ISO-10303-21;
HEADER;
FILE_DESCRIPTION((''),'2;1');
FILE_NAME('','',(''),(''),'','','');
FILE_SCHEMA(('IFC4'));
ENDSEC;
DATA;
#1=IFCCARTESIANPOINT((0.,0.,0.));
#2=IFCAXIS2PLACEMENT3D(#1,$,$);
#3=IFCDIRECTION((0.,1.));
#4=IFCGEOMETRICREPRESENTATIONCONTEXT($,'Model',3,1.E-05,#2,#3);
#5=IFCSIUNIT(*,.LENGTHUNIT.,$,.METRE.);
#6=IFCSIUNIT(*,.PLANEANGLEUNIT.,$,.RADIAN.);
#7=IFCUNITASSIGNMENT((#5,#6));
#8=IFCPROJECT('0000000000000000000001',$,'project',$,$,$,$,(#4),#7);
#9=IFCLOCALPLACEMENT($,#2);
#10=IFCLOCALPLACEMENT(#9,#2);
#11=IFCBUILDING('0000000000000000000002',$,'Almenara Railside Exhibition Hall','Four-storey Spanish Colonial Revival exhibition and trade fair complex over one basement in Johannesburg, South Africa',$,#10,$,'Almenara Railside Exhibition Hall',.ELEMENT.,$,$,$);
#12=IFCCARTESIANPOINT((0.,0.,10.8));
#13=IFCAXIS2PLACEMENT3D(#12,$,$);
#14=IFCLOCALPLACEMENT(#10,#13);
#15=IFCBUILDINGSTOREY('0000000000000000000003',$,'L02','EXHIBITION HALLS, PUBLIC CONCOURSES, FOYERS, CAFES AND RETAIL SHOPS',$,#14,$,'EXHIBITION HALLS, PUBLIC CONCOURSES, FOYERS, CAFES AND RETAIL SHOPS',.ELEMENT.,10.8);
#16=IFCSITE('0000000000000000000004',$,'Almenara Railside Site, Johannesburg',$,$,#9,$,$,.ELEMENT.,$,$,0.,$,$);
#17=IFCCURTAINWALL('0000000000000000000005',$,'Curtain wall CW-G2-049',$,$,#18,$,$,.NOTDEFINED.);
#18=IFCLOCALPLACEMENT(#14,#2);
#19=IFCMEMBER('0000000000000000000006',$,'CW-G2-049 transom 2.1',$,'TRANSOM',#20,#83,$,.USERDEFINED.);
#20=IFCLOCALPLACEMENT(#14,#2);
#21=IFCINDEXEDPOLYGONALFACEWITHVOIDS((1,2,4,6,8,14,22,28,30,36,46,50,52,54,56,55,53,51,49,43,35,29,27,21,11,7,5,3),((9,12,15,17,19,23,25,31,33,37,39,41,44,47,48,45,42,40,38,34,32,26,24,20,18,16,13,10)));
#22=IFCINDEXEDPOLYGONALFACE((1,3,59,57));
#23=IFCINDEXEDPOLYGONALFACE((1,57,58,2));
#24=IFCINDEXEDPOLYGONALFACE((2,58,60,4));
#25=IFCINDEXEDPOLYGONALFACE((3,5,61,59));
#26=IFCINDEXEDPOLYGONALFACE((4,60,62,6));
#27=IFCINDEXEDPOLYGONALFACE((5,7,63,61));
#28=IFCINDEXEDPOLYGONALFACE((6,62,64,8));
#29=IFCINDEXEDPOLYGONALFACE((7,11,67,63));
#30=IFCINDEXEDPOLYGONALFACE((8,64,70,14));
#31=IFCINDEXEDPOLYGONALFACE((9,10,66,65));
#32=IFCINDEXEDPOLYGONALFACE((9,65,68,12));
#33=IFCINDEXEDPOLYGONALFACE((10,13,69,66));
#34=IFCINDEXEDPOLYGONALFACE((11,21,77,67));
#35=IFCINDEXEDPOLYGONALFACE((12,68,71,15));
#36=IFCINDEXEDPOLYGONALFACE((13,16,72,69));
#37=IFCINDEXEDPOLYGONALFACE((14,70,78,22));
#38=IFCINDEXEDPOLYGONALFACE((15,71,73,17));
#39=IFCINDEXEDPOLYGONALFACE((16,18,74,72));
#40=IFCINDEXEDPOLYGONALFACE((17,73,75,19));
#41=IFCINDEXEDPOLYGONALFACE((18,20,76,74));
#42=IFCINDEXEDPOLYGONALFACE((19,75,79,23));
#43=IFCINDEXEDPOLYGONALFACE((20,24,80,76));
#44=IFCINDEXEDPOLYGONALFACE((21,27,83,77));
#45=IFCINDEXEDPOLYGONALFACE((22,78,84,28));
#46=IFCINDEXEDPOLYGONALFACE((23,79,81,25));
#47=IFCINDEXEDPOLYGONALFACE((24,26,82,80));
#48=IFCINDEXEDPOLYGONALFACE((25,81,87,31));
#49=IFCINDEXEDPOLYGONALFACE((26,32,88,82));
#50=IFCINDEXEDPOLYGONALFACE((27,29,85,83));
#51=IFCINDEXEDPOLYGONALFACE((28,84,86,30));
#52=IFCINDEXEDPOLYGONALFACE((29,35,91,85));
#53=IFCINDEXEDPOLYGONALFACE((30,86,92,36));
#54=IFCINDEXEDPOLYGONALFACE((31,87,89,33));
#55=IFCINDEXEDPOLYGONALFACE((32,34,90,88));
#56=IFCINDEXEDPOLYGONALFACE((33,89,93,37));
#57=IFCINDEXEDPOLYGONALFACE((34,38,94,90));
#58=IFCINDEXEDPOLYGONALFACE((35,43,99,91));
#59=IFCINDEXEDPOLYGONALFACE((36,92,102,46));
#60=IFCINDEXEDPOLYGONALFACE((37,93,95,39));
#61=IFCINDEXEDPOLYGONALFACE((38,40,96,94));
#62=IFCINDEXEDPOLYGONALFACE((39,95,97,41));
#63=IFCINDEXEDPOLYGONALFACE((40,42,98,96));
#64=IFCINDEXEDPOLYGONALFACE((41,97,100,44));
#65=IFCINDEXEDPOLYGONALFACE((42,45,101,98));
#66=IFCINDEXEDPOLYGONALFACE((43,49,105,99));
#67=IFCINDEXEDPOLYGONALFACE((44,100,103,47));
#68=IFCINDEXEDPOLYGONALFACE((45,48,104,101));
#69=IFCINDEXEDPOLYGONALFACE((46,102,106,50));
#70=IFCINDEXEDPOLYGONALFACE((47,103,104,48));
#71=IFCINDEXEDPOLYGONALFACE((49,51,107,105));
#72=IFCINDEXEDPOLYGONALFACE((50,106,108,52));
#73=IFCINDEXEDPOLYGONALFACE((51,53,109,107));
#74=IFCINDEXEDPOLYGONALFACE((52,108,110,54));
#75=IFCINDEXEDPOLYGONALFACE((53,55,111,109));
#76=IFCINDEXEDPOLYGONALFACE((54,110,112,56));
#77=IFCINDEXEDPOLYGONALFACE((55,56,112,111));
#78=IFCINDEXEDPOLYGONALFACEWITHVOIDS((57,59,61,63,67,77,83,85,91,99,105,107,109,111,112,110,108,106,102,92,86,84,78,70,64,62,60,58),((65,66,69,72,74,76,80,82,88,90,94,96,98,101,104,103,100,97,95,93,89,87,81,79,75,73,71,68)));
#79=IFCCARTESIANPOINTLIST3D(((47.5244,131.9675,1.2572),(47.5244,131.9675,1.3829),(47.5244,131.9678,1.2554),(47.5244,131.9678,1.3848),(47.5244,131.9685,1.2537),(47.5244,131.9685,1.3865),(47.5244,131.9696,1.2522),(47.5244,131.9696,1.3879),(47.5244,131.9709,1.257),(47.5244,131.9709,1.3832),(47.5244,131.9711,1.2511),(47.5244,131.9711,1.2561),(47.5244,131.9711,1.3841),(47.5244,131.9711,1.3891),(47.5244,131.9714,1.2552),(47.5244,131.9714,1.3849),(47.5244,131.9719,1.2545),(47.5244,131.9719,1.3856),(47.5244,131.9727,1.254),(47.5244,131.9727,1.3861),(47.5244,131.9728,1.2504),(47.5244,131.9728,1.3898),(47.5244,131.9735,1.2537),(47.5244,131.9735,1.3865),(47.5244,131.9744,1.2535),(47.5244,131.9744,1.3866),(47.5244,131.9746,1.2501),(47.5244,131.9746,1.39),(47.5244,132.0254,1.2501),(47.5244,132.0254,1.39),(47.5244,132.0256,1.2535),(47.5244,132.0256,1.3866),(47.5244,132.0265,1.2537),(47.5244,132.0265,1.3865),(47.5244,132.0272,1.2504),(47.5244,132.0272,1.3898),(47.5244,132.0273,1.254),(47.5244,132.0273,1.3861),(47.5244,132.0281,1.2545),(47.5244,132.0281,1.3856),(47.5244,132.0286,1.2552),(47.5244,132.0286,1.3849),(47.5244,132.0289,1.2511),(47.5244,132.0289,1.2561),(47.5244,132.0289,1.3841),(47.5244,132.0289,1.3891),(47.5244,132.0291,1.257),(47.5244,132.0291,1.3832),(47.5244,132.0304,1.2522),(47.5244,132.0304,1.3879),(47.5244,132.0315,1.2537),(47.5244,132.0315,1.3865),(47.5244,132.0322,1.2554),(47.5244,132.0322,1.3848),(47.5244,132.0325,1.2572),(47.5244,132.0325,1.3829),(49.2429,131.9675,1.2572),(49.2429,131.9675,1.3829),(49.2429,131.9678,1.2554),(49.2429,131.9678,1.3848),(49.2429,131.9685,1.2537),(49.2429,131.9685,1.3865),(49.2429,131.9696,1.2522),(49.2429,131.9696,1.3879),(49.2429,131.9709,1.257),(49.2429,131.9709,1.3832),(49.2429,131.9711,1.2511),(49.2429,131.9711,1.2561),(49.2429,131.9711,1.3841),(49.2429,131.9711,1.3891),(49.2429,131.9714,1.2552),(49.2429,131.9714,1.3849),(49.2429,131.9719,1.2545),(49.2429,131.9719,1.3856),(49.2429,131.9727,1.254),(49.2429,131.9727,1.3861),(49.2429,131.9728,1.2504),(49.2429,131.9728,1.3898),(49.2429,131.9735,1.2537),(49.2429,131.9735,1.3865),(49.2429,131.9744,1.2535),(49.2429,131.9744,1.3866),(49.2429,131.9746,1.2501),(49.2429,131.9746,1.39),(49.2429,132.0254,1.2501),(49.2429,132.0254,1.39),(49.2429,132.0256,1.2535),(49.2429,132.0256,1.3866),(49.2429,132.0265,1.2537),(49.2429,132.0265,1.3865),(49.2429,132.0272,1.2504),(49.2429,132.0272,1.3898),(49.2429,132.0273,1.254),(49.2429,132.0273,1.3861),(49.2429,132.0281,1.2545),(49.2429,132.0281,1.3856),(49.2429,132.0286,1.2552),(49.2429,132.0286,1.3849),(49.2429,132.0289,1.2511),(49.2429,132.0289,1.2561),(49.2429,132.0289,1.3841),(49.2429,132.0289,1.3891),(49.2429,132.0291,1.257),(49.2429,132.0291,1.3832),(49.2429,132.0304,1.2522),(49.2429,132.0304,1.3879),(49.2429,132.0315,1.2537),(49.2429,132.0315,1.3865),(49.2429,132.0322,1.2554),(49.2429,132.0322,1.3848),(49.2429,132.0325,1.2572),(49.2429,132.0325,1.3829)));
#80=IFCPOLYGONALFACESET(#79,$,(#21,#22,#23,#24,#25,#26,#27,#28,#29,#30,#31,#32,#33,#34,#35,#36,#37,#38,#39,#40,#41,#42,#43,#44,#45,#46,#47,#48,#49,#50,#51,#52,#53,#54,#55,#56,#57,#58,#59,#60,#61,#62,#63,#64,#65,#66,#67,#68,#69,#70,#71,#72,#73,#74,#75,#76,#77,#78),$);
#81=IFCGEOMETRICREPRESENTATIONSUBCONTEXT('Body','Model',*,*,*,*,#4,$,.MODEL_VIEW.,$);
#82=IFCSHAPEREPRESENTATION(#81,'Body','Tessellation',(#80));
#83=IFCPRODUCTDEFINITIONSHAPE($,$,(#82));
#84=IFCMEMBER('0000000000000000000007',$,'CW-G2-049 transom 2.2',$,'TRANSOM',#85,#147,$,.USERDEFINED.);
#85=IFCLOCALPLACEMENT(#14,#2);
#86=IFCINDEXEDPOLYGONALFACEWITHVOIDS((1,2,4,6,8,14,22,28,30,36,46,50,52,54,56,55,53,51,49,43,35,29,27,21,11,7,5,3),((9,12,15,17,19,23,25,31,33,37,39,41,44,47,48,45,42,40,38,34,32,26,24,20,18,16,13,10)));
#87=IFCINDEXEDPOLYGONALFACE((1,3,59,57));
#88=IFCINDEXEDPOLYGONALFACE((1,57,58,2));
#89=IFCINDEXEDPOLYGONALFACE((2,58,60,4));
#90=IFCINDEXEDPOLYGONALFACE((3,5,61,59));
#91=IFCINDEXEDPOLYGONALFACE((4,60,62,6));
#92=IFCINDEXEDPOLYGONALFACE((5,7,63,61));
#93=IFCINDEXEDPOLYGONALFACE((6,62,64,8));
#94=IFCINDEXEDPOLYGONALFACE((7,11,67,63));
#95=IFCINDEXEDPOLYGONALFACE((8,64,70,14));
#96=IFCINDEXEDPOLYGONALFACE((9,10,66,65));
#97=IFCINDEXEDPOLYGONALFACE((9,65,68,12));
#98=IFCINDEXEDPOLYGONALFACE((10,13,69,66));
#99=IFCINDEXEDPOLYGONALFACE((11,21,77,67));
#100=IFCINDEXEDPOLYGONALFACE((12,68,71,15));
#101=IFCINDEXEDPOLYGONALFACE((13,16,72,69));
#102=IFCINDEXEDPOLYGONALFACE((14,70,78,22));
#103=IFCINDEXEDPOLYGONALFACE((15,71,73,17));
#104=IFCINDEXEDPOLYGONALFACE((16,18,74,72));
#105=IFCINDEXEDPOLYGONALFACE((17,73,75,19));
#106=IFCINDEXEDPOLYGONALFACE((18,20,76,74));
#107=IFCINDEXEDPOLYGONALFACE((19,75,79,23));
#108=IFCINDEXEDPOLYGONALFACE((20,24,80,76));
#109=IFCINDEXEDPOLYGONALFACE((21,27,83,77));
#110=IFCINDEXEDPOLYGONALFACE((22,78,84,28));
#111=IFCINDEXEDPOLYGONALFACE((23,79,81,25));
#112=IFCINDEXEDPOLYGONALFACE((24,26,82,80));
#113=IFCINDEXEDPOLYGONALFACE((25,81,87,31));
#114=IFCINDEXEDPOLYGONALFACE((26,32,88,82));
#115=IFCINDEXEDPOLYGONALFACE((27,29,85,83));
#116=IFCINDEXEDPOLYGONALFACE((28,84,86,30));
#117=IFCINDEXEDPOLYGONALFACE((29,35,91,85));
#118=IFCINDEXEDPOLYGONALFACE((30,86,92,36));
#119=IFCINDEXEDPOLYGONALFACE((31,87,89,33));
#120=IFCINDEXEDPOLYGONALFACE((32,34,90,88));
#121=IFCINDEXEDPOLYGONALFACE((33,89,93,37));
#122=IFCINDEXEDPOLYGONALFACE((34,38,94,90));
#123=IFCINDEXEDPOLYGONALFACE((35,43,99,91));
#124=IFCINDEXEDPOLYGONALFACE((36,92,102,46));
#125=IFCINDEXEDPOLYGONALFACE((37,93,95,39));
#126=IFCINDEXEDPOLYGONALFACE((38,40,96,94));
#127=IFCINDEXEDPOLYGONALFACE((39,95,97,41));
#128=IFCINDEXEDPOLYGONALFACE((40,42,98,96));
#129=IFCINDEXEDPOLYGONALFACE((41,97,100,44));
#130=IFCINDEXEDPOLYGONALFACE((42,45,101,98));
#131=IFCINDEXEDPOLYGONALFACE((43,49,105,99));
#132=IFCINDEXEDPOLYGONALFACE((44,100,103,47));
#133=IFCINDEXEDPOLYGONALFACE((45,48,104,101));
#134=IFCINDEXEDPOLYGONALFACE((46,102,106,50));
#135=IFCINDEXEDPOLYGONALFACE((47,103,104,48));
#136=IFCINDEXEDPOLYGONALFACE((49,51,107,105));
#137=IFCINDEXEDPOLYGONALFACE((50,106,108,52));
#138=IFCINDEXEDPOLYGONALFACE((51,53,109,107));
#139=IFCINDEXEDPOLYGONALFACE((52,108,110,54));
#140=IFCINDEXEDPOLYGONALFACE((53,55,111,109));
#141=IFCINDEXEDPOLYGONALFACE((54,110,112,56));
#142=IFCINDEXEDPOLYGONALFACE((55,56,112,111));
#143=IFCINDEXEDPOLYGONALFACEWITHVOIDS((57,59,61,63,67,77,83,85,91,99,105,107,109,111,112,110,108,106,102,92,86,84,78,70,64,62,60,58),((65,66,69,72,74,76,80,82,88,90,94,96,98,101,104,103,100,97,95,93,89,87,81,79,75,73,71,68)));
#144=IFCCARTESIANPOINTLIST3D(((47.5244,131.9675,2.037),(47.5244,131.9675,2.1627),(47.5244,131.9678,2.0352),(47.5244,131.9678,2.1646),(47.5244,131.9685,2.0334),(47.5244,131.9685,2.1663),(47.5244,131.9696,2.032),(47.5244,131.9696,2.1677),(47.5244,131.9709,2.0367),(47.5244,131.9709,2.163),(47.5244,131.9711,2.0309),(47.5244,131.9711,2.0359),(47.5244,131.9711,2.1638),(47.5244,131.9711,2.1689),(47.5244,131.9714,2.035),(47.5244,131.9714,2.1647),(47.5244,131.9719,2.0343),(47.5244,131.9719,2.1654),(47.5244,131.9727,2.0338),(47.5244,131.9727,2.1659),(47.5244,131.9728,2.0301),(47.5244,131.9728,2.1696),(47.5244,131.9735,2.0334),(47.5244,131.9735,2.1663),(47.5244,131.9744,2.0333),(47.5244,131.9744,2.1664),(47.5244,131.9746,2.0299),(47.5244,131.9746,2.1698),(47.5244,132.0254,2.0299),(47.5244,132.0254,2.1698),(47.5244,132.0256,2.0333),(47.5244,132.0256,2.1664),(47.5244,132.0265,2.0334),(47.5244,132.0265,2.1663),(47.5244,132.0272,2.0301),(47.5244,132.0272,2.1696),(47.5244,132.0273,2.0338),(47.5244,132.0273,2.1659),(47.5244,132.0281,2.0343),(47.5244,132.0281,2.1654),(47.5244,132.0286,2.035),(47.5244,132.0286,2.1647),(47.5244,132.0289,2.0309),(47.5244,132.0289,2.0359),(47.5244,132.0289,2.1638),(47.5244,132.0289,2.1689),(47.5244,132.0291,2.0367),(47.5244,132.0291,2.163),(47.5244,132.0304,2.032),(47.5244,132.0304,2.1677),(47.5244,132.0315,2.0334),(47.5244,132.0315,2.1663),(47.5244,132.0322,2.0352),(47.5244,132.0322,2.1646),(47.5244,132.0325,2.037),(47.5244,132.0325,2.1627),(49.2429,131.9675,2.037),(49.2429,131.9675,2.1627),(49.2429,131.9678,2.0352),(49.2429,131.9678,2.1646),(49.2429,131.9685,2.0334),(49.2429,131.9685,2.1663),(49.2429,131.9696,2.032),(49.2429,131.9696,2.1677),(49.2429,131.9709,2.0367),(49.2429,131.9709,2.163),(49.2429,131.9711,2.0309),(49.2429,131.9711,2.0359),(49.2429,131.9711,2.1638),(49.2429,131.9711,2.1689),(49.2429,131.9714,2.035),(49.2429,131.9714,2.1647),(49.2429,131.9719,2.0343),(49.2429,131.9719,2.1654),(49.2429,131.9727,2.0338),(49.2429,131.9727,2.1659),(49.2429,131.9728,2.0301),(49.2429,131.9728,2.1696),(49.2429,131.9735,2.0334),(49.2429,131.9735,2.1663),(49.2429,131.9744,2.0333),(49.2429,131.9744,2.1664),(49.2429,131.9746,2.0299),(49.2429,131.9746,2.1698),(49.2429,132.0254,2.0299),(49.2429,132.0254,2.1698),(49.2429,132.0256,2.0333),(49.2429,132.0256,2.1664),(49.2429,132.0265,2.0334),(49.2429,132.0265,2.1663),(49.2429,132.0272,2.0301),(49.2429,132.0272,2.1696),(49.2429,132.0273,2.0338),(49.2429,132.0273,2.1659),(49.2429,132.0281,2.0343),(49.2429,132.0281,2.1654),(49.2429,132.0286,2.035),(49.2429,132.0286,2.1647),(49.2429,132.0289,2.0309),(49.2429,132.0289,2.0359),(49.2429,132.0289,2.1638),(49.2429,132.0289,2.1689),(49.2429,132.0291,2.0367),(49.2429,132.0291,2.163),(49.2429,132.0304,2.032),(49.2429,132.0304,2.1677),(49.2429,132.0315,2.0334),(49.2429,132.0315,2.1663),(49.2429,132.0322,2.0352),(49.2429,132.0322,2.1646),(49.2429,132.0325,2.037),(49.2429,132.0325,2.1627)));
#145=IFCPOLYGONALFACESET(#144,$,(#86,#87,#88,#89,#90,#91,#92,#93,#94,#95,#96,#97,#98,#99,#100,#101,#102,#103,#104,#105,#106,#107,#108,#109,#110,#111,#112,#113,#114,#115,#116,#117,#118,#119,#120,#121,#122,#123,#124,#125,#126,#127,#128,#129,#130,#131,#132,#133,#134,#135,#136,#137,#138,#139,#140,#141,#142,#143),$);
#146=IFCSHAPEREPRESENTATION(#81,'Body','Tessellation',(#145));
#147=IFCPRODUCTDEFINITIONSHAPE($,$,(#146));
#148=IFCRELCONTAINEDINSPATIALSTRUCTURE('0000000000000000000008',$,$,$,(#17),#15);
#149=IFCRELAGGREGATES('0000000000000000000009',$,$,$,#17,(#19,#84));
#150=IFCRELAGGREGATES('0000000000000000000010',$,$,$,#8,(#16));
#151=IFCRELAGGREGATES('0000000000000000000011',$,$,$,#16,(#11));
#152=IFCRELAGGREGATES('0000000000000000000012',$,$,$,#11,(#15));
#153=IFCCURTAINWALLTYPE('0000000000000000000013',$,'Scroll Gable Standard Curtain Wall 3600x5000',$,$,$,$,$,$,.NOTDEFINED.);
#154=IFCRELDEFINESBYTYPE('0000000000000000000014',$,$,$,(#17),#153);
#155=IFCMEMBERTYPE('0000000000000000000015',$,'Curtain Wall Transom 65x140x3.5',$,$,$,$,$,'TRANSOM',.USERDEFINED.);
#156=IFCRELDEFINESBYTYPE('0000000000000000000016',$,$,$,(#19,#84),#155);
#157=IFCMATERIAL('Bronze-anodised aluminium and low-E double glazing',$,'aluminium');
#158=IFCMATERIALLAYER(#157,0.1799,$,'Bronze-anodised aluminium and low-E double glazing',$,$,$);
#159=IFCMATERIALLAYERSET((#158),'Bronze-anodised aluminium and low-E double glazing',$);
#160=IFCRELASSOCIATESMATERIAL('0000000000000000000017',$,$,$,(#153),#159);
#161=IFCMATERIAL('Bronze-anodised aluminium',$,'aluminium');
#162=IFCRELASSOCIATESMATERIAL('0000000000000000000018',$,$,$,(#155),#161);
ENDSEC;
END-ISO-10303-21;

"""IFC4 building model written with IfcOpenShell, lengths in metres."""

from ifc_helpers import new_model, si_unit, direction, frame, origin, origin_2d, place, context, subcontext, project, spatial, hollow_rectangle, extrude, material, layer, layer_set, material_profile, profile_set, type_object, element, aggregate, save


model = new_model("IFC4")

# Units and contexts
model_context = context("Model", 3, precision=1e-05, world=origin(), true_north=direction((0.0, 1.0)))
body_context = subcontext(model_context, "Body", "Model", "MODEL_VIEW")
ifc_project = project(units=[si_unit("LENGTHUNIT", "METRE"), si_unit("PLANEANGLEUNIT", "RADIAN")], contexts=[model_context])

# Site, building, storey
site_placement = place(None, origin())
site = spatial("IfcSite", under=ifc_project, at=site_placement, Name="Almenara Railside Site, Johannesburg", CompositionType="ELEMENT", RefElevation=0.0)
building_placement = place(site_placement, origin())
building = spatial("IfcBuilding", under=site, at=building_placement, Name="Almenara Railside Exhibition Hall", Description="Four-storey Spanish Colonial Revival exhibition and trade fair complex over one basement in Johannesburg, South Africa", LongName="Almenara Railside Exhibition Hall", CompositionType="ELEMENT")
storey_placement = place(building_placement, frame((0.0, 0.0, 10.8)))
storey = spatial("IfcBuildingStorey", under=building, at=storey_placement, Name="L02", Description="EXHIBITION HALLS, PUBLIC CONCOURSES, FOYERS, CAFES AND RETAIL SHOPS", LongName="EXHIBITION HALLS, PUBLIC CONCOURSES, FOYERS, CAFES AND RETAIL SHOPS", CompositionType="ELEMENT", Elevation=10.8)

# Curtain wall
ifc_material_1 = material(Name="Bronze-anodised aluminium and low-E double glazing", Category="aluminium")
ifc_layer_1 = layer(ifc_material_1, 0.1799, Name="Bronze-anodised aluminium and low-E double glazing")
ifc_layer_set_1 = layer_set([ifc_layer_1], Name="Bronze-anodised aluminium and low-E double glazing")
curtain_wall_type_1 = type_object("IfcCurtainWallType", Name="Scroll Gable Standard Curtain Wall 3600x5000", PredefinedType="NOTDEFINED", material=ifc_layer_set_1)
ifc_material_2 = material(Name="Bronze-anodised aluminium", Category="aluminium")
curtain_wall_1_placement = place(storey_placement, origin())
curtain_wall_1 = element("IfcCurtainWall", 1, at=curtain_wall_1_placement, inside=storey, type_object=curtain_wall_type_1, Name="Curtain wall CW-G2-049", PredefinedType="NOTDEFINED")

# Members
ifc_material_profile_1 = material_profile(ifc_material_2, hollow_rectangle(XDim=0.0649, YDim=0.1399, WallThickness=0.0034, InnerFilletRadius=0.0034, OuterFilletRadius=0.0071, at=origin_2d()), Name="ALU-TRN 65x140x3.5")
ifc_profile_set_1 = profile_set([ifc_material_profile_1], Name="Bronze-anodised aluminium")
member_type_1 = type_object("IfcMemberType", Name="Curtain Wall Transom 65x140x3.5", ElementType="TRANSOM", PredefinedType="USERDEFINED", material=ifc_profile_set_1)
member_1_placement = place(storey_placement, frame((47.5244, 132.0, 1.3201), z_axis=(1.0, 0.0, 0.0), x_axis=(0.0, 1.0, 0.0)))
member_1 = element("IfcMember", 2, at=member_1_placement, type_object=member_type_1, Name="CW-G2-049 transom 2.1", ObjectType="TRANSOM", PredefinedType="USERDEFINED", context=body_context, shape_type="SweptSolid", body=[
    extrude(hollow_rectangle(XDim=0.0649, YDim=0.1399, WallThickness=0.0034, InnerFilletRadius=0.0034, OuterFilletRadius=0.0071, at=origin_2d()), origin(), (0.0, 0.0, 1.0), 1.7185),
])
member_2_placement = place(storey_placement, frame((47.5244, 132.0, 2.0999), z_axis=(1.0, 0.0, 0.0), x_axis=(0.0, 1.0, 0.0)))
member_2 = element("IfcMember", 3, at=member_2_placement, type_object=member_type_1, Name="CW-G2-049 transom 2.2", ObjectType="TRANSOM", PredefinedType="USERDEFINED", context=body_context, shape_type="SweptSolid", body=[
    extrude(hollow_rectangle(XDim=0.0649, YDim=0.1399, WallThickness=0.0034, InnerFilletRadius=0.0034, OuterFilletRadius=0.0071, at=origin_2d()), origin(), (0.0, 0.0, 1.0), 1.7185),
])

aggregate(curtain_wall_1, [member_1, member_2])

save(model, "model.ifc")
